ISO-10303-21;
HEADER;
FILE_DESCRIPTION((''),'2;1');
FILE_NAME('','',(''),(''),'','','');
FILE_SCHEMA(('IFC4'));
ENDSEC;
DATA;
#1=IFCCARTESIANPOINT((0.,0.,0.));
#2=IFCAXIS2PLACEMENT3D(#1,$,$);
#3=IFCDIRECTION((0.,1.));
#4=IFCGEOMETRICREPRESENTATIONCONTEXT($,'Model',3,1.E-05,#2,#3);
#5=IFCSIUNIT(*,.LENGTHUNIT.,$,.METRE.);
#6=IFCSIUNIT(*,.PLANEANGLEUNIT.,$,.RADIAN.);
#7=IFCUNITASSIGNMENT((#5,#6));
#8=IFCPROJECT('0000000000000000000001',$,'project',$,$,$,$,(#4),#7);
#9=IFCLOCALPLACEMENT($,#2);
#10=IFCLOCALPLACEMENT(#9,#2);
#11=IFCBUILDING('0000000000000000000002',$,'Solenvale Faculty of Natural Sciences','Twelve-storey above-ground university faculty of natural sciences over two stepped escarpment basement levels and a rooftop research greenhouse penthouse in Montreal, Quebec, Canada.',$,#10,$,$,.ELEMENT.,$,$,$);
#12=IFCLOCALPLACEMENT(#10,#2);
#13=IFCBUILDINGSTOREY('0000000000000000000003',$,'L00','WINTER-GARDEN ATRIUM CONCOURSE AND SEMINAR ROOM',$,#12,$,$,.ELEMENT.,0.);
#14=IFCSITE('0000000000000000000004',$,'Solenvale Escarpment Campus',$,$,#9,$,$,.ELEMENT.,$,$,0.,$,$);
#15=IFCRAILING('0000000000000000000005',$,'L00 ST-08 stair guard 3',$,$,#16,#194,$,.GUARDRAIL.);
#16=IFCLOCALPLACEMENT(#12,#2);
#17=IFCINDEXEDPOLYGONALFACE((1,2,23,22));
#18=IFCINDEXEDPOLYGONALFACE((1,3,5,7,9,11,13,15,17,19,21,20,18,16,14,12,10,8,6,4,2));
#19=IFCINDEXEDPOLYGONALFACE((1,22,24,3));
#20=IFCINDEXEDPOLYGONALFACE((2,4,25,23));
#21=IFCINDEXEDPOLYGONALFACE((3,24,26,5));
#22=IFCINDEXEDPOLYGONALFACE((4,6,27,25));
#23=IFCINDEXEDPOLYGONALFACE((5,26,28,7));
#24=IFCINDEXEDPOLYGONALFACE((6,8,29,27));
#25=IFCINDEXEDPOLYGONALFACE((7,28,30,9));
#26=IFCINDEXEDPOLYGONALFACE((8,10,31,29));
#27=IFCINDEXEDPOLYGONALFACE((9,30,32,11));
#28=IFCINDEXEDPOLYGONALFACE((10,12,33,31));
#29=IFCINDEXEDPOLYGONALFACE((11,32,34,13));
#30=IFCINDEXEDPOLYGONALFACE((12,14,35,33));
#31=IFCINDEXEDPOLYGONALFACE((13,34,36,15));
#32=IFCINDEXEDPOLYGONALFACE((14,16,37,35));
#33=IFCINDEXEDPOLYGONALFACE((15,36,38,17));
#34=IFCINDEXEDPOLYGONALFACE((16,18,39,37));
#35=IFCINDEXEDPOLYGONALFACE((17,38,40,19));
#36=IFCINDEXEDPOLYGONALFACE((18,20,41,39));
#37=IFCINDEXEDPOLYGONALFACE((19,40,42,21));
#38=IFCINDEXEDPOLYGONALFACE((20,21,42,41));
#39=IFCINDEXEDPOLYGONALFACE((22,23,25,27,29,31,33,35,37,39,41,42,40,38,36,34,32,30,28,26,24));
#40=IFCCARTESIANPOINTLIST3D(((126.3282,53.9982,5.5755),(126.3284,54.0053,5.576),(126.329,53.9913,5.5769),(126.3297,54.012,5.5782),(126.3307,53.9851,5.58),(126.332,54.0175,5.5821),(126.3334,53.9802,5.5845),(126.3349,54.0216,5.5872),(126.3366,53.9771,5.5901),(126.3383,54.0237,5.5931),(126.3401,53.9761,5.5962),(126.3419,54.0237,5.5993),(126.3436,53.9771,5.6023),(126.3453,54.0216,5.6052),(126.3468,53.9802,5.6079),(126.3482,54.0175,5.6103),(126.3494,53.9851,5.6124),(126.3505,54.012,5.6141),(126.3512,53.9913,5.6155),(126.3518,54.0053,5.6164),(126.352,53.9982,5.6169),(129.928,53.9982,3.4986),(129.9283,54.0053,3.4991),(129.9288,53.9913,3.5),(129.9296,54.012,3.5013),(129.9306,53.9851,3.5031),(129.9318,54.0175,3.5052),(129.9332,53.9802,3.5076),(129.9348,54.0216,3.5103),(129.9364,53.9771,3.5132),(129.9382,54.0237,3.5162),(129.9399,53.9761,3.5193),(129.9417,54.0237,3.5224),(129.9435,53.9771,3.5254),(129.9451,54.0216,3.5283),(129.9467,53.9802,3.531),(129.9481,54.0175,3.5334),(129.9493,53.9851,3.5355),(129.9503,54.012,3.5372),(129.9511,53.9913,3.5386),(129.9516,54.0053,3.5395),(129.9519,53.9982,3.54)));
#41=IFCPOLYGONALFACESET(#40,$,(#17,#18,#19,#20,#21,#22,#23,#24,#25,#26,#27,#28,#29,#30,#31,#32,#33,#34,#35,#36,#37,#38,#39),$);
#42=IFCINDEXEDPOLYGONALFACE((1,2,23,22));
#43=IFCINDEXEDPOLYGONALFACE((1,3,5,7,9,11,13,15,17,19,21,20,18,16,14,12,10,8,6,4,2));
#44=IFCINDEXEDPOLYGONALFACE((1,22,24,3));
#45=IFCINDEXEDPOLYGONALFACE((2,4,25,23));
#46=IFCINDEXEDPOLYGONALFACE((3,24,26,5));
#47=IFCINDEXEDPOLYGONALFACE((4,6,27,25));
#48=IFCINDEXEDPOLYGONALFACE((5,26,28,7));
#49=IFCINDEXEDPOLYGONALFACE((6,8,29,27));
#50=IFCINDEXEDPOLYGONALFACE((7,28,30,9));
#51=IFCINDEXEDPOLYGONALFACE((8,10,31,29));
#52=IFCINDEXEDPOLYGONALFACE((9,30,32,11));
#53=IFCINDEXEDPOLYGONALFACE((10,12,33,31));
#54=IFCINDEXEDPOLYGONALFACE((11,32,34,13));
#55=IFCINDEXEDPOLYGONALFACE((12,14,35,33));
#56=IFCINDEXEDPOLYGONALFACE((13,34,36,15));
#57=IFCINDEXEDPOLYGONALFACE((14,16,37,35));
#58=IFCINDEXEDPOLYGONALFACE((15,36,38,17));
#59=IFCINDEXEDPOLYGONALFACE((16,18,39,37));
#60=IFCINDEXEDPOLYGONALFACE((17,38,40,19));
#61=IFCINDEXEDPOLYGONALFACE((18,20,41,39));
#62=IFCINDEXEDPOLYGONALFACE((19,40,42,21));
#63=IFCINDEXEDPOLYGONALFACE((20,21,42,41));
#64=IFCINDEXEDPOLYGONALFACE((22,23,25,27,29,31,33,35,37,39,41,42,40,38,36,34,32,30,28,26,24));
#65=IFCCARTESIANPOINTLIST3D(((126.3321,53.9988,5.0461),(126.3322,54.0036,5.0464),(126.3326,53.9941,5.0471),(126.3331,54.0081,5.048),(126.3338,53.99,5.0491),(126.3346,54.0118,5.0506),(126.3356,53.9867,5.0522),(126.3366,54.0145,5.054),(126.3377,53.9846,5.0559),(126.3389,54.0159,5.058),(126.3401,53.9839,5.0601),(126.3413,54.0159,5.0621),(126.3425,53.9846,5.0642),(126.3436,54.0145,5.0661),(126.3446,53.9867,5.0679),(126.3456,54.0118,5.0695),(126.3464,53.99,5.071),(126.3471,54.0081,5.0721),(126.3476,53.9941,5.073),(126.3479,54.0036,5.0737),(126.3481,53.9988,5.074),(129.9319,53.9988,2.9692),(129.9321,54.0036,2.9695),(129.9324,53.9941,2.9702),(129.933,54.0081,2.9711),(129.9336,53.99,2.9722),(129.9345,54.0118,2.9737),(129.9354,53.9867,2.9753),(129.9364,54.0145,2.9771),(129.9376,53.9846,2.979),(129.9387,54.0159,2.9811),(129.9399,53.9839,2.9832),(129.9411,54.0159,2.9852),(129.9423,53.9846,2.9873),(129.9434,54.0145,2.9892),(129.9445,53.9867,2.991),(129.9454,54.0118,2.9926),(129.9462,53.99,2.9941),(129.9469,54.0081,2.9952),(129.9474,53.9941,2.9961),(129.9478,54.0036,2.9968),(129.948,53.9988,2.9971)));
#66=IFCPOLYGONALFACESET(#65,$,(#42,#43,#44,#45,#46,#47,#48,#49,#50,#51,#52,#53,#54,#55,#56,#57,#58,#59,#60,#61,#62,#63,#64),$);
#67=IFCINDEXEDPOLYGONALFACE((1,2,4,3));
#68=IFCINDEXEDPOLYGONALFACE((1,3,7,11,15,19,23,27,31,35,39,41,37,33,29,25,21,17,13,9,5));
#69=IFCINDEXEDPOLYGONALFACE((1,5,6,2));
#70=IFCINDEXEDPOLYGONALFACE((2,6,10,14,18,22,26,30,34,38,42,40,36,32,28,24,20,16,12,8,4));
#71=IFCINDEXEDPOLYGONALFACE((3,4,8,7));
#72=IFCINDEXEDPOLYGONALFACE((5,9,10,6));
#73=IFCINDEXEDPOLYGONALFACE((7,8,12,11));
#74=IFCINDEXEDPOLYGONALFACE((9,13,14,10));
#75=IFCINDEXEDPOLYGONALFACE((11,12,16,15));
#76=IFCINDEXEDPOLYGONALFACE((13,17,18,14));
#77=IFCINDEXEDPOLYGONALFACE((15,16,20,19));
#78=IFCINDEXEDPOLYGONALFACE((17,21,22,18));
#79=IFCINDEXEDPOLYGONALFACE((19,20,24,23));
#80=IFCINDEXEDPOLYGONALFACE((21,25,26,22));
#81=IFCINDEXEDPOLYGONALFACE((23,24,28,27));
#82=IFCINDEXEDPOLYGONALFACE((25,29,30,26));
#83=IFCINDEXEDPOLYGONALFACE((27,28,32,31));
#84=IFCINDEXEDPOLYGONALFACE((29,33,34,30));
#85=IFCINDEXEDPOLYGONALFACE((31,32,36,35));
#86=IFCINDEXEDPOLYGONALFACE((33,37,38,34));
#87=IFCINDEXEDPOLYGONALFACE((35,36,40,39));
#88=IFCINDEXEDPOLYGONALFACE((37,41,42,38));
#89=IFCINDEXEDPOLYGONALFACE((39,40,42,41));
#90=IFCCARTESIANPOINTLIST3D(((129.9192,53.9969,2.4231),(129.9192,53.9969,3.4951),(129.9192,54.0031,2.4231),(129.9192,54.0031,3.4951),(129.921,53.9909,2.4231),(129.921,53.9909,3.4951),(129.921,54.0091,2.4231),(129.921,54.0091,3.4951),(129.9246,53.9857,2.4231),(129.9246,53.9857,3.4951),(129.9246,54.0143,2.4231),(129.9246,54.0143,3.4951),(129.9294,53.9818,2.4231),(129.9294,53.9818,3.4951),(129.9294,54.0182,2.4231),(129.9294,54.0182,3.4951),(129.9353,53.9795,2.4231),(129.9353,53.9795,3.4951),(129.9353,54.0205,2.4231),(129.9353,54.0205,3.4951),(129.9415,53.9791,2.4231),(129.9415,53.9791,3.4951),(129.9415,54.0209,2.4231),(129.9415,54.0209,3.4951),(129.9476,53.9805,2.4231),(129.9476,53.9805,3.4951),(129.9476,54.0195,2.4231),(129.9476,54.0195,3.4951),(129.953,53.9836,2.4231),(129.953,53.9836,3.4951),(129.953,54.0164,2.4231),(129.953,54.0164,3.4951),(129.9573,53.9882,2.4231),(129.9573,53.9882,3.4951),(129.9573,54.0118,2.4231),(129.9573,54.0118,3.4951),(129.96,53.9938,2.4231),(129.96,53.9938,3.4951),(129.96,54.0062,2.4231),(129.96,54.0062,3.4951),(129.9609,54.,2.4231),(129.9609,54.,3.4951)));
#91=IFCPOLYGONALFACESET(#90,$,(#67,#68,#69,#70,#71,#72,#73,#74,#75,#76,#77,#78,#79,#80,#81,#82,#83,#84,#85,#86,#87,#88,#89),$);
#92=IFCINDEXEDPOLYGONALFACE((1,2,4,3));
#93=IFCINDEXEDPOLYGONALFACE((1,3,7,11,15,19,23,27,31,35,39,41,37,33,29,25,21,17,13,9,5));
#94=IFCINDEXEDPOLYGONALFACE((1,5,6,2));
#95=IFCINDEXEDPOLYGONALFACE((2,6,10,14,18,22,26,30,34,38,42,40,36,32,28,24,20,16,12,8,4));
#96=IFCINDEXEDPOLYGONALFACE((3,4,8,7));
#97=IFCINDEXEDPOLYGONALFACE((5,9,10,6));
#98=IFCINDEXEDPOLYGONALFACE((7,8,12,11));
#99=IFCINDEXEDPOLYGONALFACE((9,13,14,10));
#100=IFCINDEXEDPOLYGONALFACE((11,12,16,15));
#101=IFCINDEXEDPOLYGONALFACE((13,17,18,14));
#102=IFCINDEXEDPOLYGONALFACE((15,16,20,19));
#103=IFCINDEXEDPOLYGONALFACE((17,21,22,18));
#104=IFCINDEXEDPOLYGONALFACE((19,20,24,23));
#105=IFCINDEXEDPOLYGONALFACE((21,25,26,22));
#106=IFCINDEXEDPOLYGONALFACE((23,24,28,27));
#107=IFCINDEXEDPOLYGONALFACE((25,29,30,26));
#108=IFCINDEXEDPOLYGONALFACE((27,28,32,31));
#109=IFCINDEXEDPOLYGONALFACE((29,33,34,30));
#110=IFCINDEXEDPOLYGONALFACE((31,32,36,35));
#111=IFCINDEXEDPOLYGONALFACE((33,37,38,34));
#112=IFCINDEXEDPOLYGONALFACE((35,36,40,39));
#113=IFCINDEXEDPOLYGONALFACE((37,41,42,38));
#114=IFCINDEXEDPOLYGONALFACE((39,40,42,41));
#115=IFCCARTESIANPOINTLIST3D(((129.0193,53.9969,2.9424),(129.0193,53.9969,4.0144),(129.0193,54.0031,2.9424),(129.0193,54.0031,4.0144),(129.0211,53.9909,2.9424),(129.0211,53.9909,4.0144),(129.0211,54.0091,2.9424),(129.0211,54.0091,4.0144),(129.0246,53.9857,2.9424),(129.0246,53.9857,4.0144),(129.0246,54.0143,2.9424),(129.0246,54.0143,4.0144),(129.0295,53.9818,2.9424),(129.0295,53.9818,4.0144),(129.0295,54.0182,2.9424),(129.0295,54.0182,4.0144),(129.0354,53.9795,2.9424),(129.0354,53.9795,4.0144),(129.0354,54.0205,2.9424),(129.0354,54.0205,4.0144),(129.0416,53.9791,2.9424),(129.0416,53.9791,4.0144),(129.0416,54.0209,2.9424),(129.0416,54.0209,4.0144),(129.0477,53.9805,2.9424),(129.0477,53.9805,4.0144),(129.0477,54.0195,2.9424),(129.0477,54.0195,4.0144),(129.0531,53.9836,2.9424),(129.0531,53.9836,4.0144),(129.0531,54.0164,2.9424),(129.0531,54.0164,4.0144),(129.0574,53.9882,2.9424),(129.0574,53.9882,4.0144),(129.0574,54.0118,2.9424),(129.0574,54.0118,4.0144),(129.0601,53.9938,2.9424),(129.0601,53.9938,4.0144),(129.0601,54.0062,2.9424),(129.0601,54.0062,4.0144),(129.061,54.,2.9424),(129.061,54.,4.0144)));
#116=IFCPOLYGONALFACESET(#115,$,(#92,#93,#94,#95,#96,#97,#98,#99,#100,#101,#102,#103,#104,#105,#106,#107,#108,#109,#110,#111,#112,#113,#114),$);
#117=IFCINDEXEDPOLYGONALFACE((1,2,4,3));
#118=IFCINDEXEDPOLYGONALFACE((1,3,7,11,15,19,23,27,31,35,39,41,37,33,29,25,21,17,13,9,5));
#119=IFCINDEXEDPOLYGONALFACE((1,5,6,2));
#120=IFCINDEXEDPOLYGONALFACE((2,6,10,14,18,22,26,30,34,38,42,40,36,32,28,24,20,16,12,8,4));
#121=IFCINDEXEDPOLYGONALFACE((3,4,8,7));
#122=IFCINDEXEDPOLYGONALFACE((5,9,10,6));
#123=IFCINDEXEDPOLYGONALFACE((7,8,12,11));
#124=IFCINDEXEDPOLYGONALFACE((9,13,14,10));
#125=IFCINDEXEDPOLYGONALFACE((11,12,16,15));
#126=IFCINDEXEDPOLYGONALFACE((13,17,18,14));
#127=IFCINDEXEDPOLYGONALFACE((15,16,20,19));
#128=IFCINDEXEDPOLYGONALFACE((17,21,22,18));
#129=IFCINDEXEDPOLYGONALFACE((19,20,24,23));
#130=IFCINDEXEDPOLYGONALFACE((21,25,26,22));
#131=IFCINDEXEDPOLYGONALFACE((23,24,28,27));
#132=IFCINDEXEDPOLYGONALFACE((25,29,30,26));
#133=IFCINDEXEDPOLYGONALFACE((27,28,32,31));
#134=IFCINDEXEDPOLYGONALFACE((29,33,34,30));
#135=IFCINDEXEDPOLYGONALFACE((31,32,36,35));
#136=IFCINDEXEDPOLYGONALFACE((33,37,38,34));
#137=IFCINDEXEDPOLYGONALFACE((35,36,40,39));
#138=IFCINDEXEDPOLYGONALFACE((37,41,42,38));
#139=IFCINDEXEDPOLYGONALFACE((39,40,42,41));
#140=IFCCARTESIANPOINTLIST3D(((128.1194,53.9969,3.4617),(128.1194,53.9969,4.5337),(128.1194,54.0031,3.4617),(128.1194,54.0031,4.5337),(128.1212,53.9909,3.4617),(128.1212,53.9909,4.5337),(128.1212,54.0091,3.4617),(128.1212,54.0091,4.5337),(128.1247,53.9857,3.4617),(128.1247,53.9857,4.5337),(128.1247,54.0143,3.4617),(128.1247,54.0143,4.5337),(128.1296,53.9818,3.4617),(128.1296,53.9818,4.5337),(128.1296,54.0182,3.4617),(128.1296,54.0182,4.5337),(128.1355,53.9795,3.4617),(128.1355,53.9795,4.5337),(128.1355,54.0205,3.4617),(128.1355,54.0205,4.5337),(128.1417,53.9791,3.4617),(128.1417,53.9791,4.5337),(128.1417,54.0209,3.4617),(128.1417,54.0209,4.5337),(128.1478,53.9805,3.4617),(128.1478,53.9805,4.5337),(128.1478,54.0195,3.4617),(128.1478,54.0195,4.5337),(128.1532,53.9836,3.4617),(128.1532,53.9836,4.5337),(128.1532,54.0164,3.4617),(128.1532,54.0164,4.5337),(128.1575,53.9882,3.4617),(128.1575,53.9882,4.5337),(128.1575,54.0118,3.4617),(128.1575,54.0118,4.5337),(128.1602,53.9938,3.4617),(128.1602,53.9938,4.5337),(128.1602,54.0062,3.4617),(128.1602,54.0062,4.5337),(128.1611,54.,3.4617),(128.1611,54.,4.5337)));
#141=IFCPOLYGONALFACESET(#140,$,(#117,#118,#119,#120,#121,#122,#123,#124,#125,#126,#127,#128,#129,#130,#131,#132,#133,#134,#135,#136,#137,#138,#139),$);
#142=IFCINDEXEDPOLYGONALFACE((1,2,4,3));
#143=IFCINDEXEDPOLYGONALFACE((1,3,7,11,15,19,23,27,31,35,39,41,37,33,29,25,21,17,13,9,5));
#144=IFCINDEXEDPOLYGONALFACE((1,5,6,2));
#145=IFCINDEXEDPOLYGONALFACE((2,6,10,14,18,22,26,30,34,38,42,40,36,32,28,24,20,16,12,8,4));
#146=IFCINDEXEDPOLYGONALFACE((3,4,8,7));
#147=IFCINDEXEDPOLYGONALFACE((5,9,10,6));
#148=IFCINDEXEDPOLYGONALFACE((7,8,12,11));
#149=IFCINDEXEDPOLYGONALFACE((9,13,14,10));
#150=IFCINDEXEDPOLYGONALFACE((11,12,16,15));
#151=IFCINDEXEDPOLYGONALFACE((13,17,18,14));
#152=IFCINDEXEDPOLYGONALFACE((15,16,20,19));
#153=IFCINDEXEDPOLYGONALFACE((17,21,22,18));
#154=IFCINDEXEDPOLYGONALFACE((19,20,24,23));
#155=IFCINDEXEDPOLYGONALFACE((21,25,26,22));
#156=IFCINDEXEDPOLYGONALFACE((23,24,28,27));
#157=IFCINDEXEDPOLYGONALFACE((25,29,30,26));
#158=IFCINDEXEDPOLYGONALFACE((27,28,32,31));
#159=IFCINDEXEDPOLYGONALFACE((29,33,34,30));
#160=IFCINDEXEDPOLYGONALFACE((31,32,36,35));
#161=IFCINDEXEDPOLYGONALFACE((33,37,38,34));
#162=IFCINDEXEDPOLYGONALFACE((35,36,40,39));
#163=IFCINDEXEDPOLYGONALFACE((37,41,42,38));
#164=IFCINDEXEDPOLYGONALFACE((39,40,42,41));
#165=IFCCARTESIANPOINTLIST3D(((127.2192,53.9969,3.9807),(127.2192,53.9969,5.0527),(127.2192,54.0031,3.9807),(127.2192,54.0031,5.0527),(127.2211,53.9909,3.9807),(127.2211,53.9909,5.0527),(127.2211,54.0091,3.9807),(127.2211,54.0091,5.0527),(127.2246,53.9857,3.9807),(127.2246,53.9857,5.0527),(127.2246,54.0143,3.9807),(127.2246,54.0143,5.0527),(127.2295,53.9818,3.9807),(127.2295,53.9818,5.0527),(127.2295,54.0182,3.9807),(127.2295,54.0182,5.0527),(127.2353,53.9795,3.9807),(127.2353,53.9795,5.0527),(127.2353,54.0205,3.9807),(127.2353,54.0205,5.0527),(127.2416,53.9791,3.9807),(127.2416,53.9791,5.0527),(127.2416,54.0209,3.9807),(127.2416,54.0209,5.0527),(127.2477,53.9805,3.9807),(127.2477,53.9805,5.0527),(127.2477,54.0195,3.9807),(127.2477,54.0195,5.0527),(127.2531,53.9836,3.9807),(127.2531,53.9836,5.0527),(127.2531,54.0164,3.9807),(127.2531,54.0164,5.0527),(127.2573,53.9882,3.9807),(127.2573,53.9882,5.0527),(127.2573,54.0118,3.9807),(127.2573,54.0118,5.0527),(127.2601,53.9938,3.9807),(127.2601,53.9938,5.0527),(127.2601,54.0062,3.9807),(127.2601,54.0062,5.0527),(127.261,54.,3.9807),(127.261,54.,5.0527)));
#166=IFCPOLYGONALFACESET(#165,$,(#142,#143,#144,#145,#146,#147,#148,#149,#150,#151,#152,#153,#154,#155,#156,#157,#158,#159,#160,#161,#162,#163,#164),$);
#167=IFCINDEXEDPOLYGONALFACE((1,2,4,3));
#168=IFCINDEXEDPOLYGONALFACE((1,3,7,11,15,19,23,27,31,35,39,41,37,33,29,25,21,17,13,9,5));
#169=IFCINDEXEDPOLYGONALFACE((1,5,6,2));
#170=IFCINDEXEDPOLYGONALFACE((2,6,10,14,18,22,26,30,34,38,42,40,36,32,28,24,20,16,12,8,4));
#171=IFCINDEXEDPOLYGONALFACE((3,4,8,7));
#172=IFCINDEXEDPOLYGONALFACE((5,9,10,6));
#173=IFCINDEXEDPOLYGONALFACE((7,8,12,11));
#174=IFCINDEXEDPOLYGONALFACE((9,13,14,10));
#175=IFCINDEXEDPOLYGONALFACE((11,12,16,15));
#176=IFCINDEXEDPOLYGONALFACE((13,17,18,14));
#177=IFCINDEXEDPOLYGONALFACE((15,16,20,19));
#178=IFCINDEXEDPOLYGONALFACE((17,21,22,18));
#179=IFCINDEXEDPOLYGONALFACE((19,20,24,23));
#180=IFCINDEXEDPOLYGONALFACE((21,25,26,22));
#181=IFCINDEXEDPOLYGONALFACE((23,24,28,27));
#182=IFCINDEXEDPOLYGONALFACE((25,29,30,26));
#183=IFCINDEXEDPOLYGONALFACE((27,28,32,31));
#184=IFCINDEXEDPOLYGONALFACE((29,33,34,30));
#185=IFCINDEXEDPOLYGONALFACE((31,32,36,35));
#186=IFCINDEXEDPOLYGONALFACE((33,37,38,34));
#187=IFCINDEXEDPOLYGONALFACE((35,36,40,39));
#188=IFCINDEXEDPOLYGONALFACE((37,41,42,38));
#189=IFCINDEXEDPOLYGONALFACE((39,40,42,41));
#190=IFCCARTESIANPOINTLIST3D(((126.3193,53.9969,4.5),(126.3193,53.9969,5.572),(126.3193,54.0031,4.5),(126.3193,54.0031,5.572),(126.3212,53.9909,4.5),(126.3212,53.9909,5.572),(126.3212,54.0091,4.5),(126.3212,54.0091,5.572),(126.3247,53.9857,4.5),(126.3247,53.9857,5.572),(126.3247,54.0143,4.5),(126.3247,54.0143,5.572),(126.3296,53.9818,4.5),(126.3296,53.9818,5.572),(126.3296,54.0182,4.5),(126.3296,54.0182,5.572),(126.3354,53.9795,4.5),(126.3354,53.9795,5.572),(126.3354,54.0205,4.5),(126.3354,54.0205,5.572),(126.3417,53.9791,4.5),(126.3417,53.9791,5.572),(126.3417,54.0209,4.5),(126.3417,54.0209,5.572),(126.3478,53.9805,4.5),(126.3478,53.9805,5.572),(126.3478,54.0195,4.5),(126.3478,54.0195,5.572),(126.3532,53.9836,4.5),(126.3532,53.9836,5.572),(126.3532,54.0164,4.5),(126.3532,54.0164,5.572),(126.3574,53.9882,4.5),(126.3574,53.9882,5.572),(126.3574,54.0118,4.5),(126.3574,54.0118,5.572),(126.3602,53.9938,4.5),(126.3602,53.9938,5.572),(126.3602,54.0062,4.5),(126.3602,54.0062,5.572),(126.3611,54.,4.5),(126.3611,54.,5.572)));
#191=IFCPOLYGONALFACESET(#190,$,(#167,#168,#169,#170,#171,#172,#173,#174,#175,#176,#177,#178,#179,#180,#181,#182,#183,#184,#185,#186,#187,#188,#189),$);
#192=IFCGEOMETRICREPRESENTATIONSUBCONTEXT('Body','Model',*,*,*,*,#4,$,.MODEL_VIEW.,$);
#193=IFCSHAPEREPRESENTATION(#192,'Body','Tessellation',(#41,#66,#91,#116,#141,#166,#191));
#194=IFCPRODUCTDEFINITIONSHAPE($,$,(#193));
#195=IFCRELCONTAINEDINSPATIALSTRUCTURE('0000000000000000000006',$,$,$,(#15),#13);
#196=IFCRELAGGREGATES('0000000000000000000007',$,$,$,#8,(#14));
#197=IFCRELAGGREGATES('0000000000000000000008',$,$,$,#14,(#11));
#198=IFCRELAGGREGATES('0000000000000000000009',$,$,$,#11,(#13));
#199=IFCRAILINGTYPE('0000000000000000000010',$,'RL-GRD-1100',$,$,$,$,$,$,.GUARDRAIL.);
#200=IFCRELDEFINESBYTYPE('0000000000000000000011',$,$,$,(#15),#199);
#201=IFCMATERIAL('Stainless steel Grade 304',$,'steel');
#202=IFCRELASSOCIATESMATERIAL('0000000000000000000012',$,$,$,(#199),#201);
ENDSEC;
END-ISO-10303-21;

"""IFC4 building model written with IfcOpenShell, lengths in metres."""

from ifc_helpers import new_model, si_unit, direction, frame, origin, origin_2d, place, context, subcontext, project, spatial, circle, extrude, material, type_object, element, save


model = new_model("IFC4")

# Units and contexts
model_context = context("Model", 3, precision=1e-05, world=origin(), true_north=direction((0.0, 1.0)))
body_context = subcontext(model_context, "Body", "Model", "MODEL_VIEW")
ifc_project = project(units=[si_unit("LENGTHUNIT", "METRE"), si_unit("PLANEANGLEUNIT", "RADIAN")], contexts=[model_context])

# Site, building, storey
site_placement = place(None, origin())
site = spatial("IfcSite", under=ifc_project, at=site_placement, Name="Solenvale Escarpment Campus", CompositionType="ELEMENT", RefElevation=0.0)
building_placement = place(site_placement, origin())
building = spatial("IfcBuilding", under=site, at=building_placement, Name="Solenvale Faculty of Natural Sciences", Description="Twelve-storey above-ground university faculty of natural sciences over two stepped escarpment basement levels and a rooftop research greenhouse penthouse in Montreal, Quebec, Canada.", CompositionType="ELEMENT")
storey_placement = place(building_placement, origin())
storey = spatial("IfcBuildingStorey", under=building, at=storey_placement, Name="L00", Description="WINTER-GARDEN ATRIUM CONCOURSE AND SEMINAR ROOM", CompositionType="ELEMENT", Elevation=0.0)

# Railing
ifc_material_1 = material(Name="Stainless steel Grade 304", Category="steel")
railing_type_1 = type_object("IfcRailingType", Name="RL-GRD-1100", PredefinedType="GUARDRAIL", material=ifc_material_1)
railing_1_placement = place(storey_placement, frame((129.9399, 54.0, 2.4231)))
element("IfcRailing", 1, at=railing_1_placement, inside=storey, type_object=railing_type_1, Name="L00 ST-08 stair guard 3", PredefinedType="GUARDRAIL", context=body_context, shape_type="SweptSolid", body=[
    extrude(circle(Radius=0.0239, at=origin_2d()), frame((0.0, 0.0, 1.0962), z_axis=(-0.866179, 0.0, 0.499734), x_axis=(0.0, -1.0, 0.0)), (0.0, 0.0, 1.0), 4.156),
    extrude(circle(Radius=0.0161, at=origin_2d()), frame((0.0, 0.0, 0.5601), z_axis=(-0.866179, 0.0, 0.499734), x_axis=(0.0, -1.0, 0.0)), (0.0, 0.0, 1.0), 4.156),
    extrude(circle(Radius=0.021, at=origin_2d()), origin(), (0.0, 0.0, 1.0), 1.072),
    extrude(circle(Radius=0.021, at=origin_2d()), frame((-0.8999, 0.0, 0.5193)), (0.0, 0.0, 1.0), 1.072),
    extrude(circle(Radius=0.021, at=origin_2d()), frame((-1.7998, 0.0, 1.0386)), (0.0, 0.0, 1.0), 1.072),
    extrude(circle(Radius=0.021, at=origin_2d()), frame((-2.7, 0.0, 1.5576)), (0.0, 0.0, 1.0), 1.072),
    extrude(circle(Radius=0.021, at=origin_2d()), frame((-3.5999, 0.0, 2.0769)), (0.0, 0.0, 1.0), 1.072),
])

save(model, "model.ifc")
